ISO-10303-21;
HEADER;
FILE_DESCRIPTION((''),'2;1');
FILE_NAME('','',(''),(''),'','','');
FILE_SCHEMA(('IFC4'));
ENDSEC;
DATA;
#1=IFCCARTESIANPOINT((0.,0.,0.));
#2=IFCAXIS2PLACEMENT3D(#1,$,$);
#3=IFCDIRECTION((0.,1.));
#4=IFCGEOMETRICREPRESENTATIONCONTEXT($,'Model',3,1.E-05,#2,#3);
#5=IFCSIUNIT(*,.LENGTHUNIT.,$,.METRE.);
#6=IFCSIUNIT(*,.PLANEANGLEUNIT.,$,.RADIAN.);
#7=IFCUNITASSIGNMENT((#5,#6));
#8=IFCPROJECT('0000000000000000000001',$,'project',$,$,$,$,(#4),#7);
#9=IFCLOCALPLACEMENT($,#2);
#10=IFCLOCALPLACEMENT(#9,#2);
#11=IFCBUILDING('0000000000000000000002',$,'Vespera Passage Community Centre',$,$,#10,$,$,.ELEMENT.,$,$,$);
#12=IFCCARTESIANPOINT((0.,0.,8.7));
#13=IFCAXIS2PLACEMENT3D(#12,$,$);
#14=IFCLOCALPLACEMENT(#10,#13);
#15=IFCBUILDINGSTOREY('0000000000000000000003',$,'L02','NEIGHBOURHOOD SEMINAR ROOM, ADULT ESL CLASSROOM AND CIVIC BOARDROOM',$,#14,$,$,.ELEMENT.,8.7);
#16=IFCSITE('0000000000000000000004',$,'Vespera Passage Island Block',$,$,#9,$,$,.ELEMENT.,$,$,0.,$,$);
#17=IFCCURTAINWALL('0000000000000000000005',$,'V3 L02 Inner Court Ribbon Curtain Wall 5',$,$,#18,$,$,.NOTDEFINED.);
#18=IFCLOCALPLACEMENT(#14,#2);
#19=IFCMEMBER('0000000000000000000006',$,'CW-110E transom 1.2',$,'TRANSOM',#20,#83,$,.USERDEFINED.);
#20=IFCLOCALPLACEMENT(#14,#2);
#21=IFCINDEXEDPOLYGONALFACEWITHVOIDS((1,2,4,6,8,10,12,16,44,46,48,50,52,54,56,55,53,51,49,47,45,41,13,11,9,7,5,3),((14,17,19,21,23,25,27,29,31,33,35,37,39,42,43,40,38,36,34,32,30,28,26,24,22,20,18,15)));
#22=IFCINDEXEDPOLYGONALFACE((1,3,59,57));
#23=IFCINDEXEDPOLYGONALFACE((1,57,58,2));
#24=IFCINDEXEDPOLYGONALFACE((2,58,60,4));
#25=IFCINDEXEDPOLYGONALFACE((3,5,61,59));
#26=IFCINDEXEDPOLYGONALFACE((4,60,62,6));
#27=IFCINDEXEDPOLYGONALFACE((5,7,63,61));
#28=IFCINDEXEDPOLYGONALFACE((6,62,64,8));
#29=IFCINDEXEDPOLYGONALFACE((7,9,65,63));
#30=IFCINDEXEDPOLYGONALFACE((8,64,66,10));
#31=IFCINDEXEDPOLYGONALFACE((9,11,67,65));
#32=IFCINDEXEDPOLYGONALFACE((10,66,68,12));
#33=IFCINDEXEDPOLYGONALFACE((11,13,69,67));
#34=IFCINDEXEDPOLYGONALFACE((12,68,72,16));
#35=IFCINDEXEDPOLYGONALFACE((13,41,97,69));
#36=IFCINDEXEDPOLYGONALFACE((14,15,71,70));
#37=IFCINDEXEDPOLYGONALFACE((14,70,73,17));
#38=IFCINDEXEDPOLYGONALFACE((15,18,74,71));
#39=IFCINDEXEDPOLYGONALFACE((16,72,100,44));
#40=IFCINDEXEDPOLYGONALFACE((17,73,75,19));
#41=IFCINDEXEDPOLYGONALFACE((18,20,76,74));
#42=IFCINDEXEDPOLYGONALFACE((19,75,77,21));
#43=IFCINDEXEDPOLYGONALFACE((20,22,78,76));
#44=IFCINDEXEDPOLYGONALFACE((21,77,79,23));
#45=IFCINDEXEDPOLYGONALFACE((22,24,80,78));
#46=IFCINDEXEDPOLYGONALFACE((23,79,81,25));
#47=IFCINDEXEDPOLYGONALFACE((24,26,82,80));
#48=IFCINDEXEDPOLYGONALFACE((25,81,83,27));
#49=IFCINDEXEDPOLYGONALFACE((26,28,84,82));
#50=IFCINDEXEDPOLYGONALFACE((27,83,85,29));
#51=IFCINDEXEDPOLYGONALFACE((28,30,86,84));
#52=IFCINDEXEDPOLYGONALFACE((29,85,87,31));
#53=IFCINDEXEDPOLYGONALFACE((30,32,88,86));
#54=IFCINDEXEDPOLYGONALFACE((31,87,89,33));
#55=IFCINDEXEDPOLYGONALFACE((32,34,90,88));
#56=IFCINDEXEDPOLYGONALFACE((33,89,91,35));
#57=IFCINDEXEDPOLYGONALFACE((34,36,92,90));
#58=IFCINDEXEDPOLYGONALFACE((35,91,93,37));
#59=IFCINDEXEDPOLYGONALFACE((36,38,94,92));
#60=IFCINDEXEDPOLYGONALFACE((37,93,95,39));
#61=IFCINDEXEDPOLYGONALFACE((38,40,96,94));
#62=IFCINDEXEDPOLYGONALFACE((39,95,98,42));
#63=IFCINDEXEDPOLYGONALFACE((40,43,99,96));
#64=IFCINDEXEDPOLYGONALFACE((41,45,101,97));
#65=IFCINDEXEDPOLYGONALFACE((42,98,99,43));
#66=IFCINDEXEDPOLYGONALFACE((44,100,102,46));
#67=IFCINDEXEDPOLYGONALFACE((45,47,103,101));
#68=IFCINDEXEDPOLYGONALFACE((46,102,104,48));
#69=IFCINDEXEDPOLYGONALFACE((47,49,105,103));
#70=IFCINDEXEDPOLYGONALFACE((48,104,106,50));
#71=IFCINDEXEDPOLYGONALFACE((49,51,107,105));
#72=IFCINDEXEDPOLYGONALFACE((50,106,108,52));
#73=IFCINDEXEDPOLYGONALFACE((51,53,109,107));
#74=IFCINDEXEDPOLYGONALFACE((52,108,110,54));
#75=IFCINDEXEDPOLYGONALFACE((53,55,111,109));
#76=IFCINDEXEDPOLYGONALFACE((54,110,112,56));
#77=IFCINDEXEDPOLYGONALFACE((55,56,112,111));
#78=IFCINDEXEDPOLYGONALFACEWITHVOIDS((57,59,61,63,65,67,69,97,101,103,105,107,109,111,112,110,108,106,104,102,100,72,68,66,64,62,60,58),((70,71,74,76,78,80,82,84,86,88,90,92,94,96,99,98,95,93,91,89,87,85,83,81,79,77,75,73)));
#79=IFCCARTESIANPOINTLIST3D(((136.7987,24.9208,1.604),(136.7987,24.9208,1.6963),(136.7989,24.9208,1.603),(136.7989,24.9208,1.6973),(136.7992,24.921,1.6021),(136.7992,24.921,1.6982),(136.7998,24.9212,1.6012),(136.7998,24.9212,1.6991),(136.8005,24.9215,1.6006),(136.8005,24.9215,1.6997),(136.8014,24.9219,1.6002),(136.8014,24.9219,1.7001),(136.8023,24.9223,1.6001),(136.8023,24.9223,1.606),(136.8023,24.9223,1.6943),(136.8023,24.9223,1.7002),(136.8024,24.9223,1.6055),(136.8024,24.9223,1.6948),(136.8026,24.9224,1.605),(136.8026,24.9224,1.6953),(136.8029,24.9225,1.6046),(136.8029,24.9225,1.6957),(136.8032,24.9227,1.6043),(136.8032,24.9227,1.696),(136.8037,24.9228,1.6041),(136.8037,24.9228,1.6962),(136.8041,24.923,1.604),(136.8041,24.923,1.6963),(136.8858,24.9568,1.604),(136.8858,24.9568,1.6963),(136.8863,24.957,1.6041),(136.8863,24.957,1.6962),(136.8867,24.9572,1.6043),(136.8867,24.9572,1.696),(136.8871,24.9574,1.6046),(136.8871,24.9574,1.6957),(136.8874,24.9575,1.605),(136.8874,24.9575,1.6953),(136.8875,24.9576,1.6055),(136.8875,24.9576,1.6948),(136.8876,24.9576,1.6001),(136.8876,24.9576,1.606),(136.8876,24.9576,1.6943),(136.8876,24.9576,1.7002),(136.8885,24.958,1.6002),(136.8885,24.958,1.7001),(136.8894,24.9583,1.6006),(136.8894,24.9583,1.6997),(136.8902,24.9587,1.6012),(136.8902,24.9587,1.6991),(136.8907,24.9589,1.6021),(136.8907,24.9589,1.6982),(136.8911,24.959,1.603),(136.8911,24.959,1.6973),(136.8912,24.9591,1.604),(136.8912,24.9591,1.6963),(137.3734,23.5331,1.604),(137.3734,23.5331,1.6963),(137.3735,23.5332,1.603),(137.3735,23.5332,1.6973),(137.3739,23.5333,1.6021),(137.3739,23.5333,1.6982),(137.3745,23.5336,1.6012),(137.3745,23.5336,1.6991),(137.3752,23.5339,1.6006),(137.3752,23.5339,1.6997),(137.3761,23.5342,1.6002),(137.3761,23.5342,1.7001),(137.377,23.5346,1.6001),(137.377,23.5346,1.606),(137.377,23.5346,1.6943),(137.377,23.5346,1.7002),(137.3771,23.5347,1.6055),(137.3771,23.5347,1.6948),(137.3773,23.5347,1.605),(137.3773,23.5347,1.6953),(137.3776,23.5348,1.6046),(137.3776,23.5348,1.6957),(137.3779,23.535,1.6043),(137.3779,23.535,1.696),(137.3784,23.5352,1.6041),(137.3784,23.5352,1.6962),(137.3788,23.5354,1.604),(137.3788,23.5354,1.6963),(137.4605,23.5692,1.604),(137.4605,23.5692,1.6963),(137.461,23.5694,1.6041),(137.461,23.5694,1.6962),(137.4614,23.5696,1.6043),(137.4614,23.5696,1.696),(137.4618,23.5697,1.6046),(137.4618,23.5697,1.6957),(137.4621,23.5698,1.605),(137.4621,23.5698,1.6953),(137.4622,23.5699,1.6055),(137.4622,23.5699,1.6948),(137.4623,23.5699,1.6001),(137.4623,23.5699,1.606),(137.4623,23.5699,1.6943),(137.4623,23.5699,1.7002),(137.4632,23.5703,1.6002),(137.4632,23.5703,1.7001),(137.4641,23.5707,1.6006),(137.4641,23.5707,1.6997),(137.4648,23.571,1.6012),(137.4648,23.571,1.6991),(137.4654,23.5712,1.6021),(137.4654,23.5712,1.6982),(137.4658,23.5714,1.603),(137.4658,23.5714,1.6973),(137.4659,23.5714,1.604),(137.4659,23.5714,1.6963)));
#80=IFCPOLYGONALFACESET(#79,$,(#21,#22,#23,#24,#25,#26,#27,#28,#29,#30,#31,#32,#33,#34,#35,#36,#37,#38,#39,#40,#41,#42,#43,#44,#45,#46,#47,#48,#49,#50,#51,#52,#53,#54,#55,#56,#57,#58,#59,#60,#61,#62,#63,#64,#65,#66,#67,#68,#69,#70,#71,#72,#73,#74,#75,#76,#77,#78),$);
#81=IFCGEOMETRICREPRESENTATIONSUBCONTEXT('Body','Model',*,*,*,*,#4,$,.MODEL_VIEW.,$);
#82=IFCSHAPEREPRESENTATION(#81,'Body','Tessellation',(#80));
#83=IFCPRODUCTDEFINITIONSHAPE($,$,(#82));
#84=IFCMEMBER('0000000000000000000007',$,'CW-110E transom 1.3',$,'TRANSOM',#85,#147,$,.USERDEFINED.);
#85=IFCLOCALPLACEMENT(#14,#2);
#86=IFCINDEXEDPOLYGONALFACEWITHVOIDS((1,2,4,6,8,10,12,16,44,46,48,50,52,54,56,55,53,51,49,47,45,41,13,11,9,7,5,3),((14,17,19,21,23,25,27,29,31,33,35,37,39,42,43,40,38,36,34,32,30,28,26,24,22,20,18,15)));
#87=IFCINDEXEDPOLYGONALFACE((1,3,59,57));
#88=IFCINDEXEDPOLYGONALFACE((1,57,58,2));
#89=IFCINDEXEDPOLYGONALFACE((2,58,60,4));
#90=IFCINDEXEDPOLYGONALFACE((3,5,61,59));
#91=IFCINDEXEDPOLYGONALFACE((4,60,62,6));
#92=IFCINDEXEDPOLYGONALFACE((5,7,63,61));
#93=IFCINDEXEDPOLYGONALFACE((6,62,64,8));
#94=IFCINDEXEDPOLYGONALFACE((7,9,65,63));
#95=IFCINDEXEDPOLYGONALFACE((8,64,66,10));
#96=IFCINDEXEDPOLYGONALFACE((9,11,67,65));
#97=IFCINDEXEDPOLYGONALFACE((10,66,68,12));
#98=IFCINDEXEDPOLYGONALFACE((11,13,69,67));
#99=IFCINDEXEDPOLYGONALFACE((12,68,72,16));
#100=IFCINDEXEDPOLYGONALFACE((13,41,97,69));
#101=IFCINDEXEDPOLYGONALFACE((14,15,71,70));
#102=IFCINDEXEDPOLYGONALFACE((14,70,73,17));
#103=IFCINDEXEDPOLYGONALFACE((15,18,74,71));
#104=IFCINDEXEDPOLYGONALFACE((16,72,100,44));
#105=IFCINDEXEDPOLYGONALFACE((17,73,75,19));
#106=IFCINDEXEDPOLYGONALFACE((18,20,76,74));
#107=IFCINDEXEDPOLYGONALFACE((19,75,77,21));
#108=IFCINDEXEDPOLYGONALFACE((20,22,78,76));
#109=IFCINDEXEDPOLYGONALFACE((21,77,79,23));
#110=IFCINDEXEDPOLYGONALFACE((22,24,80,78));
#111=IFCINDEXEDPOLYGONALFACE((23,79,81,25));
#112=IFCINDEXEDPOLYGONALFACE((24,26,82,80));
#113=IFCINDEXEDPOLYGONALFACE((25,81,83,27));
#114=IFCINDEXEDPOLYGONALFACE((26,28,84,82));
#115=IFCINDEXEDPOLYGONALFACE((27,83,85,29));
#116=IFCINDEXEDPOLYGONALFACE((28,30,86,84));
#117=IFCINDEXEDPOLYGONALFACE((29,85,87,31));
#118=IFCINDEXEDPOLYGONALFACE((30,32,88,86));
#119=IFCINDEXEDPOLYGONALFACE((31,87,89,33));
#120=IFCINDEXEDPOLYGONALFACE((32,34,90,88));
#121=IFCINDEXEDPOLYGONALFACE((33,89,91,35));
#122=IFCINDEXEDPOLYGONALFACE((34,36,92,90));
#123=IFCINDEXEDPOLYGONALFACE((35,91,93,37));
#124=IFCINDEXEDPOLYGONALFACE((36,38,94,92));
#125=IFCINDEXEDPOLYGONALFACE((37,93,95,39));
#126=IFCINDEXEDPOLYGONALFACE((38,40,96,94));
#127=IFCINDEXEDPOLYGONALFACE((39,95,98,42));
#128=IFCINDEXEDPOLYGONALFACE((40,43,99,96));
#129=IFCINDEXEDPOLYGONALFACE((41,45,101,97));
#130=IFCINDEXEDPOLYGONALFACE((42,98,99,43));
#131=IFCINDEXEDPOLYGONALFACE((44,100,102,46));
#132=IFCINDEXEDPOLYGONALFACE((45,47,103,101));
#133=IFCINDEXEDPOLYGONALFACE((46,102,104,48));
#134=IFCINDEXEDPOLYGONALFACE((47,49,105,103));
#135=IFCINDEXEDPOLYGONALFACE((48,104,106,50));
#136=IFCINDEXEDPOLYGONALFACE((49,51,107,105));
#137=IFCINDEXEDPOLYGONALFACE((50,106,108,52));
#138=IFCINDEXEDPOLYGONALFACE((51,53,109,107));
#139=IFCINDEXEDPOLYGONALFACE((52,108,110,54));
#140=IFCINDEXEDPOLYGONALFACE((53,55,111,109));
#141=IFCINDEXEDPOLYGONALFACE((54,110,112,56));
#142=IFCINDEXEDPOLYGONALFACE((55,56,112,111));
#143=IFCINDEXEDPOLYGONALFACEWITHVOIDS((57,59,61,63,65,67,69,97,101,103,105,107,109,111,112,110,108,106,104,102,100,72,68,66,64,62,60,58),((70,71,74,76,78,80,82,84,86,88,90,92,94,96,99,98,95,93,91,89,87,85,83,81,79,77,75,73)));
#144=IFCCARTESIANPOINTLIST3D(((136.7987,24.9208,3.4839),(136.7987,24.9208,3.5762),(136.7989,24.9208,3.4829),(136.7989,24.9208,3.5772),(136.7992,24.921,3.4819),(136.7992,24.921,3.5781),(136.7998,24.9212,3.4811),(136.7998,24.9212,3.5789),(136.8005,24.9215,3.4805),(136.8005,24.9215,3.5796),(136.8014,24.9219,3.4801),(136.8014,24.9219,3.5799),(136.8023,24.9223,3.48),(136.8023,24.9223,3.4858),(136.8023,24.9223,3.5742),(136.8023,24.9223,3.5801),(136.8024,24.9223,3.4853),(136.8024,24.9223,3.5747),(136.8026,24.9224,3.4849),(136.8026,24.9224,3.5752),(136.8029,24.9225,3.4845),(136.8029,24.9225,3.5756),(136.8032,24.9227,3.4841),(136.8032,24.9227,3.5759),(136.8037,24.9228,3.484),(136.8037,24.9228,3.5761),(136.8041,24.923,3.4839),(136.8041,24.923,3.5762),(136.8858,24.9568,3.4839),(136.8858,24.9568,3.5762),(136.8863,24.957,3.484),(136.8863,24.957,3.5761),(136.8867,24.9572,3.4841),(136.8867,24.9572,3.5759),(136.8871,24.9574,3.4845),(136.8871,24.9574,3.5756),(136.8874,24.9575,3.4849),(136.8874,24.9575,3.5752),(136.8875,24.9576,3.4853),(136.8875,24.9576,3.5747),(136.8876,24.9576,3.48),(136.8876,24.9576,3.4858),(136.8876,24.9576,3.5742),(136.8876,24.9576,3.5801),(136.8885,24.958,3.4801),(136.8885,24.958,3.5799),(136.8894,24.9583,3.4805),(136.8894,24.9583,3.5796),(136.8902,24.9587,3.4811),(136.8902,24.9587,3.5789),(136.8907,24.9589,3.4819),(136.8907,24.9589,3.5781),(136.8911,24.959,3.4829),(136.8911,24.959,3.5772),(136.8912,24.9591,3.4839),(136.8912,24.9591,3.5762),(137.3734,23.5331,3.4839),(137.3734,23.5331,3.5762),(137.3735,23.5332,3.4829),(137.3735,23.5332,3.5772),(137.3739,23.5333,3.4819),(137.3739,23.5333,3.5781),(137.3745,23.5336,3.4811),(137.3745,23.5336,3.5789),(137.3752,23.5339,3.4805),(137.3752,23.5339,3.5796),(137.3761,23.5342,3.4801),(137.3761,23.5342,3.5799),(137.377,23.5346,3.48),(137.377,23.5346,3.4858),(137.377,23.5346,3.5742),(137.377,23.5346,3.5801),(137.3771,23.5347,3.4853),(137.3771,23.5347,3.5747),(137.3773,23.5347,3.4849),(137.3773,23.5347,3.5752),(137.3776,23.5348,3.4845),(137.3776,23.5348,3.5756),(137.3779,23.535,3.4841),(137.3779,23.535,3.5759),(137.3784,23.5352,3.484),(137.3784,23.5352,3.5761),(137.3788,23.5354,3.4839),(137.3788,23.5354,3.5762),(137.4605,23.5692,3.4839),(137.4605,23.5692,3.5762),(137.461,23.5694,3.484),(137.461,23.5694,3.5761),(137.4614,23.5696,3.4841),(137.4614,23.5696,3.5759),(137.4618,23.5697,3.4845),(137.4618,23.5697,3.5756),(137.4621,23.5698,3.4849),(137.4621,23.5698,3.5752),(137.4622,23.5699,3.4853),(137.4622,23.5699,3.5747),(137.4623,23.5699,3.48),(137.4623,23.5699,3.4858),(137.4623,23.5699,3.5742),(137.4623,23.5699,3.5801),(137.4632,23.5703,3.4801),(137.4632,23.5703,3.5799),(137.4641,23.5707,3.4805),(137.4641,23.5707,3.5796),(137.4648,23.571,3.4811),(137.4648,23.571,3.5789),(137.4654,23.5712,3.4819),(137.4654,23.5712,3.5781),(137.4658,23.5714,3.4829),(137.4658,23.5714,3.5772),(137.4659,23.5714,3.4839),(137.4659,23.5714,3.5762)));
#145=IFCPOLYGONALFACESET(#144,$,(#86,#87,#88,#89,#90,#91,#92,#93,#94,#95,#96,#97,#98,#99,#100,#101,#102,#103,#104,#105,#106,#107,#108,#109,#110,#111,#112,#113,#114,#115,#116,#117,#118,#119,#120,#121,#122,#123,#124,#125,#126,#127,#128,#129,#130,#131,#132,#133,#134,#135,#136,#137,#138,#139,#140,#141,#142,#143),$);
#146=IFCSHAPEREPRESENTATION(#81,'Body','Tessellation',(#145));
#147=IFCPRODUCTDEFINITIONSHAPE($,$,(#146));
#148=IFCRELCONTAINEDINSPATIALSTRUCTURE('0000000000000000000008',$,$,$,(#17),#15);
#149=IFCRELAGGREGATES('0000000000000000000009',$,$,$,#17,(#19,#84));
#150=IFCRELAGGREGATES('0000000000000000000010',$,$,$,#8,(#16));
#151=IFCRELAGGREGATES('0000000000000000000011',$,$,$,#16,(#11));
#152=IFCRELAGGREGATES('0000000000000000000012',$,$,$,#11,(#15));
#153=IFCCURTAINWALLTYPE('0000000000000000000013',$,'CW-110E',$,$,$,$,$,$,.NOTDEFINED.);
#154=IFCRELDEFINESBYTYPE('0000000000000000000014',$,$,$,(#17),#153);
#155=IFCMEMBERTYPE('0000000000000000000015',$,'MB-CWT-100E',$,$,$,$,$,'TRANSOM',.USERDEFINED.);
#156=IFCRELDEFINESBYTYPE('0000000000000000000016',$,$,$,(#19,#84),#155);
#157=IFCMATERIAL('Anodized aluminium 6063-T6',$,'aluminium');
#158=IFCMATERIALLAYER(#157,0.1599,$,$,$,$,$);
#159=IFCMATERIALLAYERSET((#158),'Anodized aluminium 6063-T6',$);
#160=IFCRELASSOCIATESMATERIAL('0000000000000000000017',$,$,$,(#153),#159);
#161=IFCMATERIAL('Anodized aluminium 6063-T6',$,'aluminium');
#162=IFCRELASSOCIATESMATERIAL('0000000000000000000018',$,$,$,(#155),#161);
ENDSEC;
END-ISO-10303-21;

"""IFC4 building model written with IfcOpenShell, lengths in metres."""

from ifc_helpers import new_model, si_unit, direction, frame, origin, origin_2d, place, context, subcontext, project, spatial, hollow_rectangle, extrude, material, layer, layer_set, material_profile, profile_set, type_object, element, aggregate, save


model = new_model("IFC4")

# Units and contexts
model_context = context("Model", 3, precision=1e-05, world=origin(), true_north=direction((0.0, 1.0)))
body_context = subcontext(model_context, "Body", "Model", "MODEL_VIEW")
ifc_project = project(units=[si_unit("LENGTHUNIT", "METRE"), si_unit("PLANEANGLEUNIT", "RADIAN")], contexts=[model_context])

# Site, building, storey
site_placement = place(None, origin())
site = spatial("IfcSite", under=ifc_project, at=site_placement, Name="Vespera Passage Island Block", CompositionType="ELEMENT", RefElevation=0.0)
building_placement = place(site_placement, origin())
building = spatial("IfcBuilding", under=site, at=building_placement, Name="Vespera Passage Community Centre", CompositionType="ELEMENT")
storey_placement = place(building_placement, frame((0.0, 0.0, 8.7)))
storey = spatial("IfcBuildingStorey", under=building, at=storey_placement, Name="L02", Description="NEIGHBOURHOOD SEMINAR ROOM, ADULT ESL CLASSROOM AND CIVIC BOARDROOM", CompositionType="ELEMENT", Elevation=8.7)

# Curtain wall
ifc_material_1 = material(Name="Anodized aluminium 6063-T6", Category="aluminium")
ifc_layer_1 = layer(ifc_material_1, 0.1599)
ifc_layer_set_1 = layer_set([ifc_layer_1], Name="Anodized aluminium 6063-T6")
curtain_wall_type = type_object("IfcCurtainWallType", Name="CW-110E", PredefinedType="NOTDEFINED", material=ifc_layer_set_1)
curtain_wall_1_placement = place(storey_placement, origin())
curtain_wall_1 = element("IfcCurtainWall", 1, at=curtain_wall_1_placement, inside=storey, type_object=curtain_wall_type, Name="V3 L02 Inner Court Ribbon Curtain Wall 5", PredefinedType="NOTDEFINED")

# Members
ifc_material_2 = material(Name="Anodized aluminium 6063-T6", Category="aluminium")
ifc_material_profile_1 = material_profile(ifc_material_2, hollow_rectangle(XDim=0.1001, YDim=0.1001, WallThickness=0.0039, InnerFilletRadius=0.002, OuterFilletRadius=0.0039, at=origin_2d()), Name="ALU100X100X4")
ifc_profile_set_1 = profile_set([ifc_material_profile_1], Name="Anodized aluminium 6063-T6")
member_type_1 = type_object("IfcMemberType", Name="MB-CWT-100E", ElementType="TRANSOM", PredefinedType="USERDEFINED", material=ifc_profile_set_1)
member_1_placement = place(storey_placement, frame((136.845, 24.9399, 1.6501), z_axis=(0.382629, -0.923902, 0.0), x_axis=(0.923902, 0.382629, 0.0)))
member_1 = element("IfcMember", 2, at=member_1_placement, type_object=member_type_1, Name="CW-110E transom 1.2", ObjectType="TRANSOM", PredefinedType="USERDEFINED", context=body_context, shape_type="SweptSolid", body=[
    extrude(hollow_rectangle(XDim=0.1001, YDim=0.1001, WallThickness=0.0039, InnerFilletRadius=0.002, OuterFilletRadius=0.0039, at=origin_2d()), origin(), (0.0, 0.0, 1.0), 1.502),
])
member_2_placement = place(storey_placement, frame((136.845, 24.9399, 3.53), z_axis=(0.382629, -0.923902, 0.0), x_axis=(0.923902, 0.382629, 0.0)))
member_2 = element("IfcMember", 3, at=member_2_placement, type_object=member_type_1, Name="CW-110E transom 1.3", ObjectType="TRANSOM", PredefinedType="USERDEFINED", context=body_context, shape_type="SweptSolid", body=[
    extrude(hollow_rectangle(XDim=0.1001, YDim=0.1001, WallThickness=0.0039, InnerFilletRadius=0.002, OuterFilletRadius=0.0039, at=origin_2d()), origin(), (0.0, 0.0, 1.0), 1.502),
])

aggregate(curtain_wall_1, [member_1, member_2])

save(model, "model.ifc")
